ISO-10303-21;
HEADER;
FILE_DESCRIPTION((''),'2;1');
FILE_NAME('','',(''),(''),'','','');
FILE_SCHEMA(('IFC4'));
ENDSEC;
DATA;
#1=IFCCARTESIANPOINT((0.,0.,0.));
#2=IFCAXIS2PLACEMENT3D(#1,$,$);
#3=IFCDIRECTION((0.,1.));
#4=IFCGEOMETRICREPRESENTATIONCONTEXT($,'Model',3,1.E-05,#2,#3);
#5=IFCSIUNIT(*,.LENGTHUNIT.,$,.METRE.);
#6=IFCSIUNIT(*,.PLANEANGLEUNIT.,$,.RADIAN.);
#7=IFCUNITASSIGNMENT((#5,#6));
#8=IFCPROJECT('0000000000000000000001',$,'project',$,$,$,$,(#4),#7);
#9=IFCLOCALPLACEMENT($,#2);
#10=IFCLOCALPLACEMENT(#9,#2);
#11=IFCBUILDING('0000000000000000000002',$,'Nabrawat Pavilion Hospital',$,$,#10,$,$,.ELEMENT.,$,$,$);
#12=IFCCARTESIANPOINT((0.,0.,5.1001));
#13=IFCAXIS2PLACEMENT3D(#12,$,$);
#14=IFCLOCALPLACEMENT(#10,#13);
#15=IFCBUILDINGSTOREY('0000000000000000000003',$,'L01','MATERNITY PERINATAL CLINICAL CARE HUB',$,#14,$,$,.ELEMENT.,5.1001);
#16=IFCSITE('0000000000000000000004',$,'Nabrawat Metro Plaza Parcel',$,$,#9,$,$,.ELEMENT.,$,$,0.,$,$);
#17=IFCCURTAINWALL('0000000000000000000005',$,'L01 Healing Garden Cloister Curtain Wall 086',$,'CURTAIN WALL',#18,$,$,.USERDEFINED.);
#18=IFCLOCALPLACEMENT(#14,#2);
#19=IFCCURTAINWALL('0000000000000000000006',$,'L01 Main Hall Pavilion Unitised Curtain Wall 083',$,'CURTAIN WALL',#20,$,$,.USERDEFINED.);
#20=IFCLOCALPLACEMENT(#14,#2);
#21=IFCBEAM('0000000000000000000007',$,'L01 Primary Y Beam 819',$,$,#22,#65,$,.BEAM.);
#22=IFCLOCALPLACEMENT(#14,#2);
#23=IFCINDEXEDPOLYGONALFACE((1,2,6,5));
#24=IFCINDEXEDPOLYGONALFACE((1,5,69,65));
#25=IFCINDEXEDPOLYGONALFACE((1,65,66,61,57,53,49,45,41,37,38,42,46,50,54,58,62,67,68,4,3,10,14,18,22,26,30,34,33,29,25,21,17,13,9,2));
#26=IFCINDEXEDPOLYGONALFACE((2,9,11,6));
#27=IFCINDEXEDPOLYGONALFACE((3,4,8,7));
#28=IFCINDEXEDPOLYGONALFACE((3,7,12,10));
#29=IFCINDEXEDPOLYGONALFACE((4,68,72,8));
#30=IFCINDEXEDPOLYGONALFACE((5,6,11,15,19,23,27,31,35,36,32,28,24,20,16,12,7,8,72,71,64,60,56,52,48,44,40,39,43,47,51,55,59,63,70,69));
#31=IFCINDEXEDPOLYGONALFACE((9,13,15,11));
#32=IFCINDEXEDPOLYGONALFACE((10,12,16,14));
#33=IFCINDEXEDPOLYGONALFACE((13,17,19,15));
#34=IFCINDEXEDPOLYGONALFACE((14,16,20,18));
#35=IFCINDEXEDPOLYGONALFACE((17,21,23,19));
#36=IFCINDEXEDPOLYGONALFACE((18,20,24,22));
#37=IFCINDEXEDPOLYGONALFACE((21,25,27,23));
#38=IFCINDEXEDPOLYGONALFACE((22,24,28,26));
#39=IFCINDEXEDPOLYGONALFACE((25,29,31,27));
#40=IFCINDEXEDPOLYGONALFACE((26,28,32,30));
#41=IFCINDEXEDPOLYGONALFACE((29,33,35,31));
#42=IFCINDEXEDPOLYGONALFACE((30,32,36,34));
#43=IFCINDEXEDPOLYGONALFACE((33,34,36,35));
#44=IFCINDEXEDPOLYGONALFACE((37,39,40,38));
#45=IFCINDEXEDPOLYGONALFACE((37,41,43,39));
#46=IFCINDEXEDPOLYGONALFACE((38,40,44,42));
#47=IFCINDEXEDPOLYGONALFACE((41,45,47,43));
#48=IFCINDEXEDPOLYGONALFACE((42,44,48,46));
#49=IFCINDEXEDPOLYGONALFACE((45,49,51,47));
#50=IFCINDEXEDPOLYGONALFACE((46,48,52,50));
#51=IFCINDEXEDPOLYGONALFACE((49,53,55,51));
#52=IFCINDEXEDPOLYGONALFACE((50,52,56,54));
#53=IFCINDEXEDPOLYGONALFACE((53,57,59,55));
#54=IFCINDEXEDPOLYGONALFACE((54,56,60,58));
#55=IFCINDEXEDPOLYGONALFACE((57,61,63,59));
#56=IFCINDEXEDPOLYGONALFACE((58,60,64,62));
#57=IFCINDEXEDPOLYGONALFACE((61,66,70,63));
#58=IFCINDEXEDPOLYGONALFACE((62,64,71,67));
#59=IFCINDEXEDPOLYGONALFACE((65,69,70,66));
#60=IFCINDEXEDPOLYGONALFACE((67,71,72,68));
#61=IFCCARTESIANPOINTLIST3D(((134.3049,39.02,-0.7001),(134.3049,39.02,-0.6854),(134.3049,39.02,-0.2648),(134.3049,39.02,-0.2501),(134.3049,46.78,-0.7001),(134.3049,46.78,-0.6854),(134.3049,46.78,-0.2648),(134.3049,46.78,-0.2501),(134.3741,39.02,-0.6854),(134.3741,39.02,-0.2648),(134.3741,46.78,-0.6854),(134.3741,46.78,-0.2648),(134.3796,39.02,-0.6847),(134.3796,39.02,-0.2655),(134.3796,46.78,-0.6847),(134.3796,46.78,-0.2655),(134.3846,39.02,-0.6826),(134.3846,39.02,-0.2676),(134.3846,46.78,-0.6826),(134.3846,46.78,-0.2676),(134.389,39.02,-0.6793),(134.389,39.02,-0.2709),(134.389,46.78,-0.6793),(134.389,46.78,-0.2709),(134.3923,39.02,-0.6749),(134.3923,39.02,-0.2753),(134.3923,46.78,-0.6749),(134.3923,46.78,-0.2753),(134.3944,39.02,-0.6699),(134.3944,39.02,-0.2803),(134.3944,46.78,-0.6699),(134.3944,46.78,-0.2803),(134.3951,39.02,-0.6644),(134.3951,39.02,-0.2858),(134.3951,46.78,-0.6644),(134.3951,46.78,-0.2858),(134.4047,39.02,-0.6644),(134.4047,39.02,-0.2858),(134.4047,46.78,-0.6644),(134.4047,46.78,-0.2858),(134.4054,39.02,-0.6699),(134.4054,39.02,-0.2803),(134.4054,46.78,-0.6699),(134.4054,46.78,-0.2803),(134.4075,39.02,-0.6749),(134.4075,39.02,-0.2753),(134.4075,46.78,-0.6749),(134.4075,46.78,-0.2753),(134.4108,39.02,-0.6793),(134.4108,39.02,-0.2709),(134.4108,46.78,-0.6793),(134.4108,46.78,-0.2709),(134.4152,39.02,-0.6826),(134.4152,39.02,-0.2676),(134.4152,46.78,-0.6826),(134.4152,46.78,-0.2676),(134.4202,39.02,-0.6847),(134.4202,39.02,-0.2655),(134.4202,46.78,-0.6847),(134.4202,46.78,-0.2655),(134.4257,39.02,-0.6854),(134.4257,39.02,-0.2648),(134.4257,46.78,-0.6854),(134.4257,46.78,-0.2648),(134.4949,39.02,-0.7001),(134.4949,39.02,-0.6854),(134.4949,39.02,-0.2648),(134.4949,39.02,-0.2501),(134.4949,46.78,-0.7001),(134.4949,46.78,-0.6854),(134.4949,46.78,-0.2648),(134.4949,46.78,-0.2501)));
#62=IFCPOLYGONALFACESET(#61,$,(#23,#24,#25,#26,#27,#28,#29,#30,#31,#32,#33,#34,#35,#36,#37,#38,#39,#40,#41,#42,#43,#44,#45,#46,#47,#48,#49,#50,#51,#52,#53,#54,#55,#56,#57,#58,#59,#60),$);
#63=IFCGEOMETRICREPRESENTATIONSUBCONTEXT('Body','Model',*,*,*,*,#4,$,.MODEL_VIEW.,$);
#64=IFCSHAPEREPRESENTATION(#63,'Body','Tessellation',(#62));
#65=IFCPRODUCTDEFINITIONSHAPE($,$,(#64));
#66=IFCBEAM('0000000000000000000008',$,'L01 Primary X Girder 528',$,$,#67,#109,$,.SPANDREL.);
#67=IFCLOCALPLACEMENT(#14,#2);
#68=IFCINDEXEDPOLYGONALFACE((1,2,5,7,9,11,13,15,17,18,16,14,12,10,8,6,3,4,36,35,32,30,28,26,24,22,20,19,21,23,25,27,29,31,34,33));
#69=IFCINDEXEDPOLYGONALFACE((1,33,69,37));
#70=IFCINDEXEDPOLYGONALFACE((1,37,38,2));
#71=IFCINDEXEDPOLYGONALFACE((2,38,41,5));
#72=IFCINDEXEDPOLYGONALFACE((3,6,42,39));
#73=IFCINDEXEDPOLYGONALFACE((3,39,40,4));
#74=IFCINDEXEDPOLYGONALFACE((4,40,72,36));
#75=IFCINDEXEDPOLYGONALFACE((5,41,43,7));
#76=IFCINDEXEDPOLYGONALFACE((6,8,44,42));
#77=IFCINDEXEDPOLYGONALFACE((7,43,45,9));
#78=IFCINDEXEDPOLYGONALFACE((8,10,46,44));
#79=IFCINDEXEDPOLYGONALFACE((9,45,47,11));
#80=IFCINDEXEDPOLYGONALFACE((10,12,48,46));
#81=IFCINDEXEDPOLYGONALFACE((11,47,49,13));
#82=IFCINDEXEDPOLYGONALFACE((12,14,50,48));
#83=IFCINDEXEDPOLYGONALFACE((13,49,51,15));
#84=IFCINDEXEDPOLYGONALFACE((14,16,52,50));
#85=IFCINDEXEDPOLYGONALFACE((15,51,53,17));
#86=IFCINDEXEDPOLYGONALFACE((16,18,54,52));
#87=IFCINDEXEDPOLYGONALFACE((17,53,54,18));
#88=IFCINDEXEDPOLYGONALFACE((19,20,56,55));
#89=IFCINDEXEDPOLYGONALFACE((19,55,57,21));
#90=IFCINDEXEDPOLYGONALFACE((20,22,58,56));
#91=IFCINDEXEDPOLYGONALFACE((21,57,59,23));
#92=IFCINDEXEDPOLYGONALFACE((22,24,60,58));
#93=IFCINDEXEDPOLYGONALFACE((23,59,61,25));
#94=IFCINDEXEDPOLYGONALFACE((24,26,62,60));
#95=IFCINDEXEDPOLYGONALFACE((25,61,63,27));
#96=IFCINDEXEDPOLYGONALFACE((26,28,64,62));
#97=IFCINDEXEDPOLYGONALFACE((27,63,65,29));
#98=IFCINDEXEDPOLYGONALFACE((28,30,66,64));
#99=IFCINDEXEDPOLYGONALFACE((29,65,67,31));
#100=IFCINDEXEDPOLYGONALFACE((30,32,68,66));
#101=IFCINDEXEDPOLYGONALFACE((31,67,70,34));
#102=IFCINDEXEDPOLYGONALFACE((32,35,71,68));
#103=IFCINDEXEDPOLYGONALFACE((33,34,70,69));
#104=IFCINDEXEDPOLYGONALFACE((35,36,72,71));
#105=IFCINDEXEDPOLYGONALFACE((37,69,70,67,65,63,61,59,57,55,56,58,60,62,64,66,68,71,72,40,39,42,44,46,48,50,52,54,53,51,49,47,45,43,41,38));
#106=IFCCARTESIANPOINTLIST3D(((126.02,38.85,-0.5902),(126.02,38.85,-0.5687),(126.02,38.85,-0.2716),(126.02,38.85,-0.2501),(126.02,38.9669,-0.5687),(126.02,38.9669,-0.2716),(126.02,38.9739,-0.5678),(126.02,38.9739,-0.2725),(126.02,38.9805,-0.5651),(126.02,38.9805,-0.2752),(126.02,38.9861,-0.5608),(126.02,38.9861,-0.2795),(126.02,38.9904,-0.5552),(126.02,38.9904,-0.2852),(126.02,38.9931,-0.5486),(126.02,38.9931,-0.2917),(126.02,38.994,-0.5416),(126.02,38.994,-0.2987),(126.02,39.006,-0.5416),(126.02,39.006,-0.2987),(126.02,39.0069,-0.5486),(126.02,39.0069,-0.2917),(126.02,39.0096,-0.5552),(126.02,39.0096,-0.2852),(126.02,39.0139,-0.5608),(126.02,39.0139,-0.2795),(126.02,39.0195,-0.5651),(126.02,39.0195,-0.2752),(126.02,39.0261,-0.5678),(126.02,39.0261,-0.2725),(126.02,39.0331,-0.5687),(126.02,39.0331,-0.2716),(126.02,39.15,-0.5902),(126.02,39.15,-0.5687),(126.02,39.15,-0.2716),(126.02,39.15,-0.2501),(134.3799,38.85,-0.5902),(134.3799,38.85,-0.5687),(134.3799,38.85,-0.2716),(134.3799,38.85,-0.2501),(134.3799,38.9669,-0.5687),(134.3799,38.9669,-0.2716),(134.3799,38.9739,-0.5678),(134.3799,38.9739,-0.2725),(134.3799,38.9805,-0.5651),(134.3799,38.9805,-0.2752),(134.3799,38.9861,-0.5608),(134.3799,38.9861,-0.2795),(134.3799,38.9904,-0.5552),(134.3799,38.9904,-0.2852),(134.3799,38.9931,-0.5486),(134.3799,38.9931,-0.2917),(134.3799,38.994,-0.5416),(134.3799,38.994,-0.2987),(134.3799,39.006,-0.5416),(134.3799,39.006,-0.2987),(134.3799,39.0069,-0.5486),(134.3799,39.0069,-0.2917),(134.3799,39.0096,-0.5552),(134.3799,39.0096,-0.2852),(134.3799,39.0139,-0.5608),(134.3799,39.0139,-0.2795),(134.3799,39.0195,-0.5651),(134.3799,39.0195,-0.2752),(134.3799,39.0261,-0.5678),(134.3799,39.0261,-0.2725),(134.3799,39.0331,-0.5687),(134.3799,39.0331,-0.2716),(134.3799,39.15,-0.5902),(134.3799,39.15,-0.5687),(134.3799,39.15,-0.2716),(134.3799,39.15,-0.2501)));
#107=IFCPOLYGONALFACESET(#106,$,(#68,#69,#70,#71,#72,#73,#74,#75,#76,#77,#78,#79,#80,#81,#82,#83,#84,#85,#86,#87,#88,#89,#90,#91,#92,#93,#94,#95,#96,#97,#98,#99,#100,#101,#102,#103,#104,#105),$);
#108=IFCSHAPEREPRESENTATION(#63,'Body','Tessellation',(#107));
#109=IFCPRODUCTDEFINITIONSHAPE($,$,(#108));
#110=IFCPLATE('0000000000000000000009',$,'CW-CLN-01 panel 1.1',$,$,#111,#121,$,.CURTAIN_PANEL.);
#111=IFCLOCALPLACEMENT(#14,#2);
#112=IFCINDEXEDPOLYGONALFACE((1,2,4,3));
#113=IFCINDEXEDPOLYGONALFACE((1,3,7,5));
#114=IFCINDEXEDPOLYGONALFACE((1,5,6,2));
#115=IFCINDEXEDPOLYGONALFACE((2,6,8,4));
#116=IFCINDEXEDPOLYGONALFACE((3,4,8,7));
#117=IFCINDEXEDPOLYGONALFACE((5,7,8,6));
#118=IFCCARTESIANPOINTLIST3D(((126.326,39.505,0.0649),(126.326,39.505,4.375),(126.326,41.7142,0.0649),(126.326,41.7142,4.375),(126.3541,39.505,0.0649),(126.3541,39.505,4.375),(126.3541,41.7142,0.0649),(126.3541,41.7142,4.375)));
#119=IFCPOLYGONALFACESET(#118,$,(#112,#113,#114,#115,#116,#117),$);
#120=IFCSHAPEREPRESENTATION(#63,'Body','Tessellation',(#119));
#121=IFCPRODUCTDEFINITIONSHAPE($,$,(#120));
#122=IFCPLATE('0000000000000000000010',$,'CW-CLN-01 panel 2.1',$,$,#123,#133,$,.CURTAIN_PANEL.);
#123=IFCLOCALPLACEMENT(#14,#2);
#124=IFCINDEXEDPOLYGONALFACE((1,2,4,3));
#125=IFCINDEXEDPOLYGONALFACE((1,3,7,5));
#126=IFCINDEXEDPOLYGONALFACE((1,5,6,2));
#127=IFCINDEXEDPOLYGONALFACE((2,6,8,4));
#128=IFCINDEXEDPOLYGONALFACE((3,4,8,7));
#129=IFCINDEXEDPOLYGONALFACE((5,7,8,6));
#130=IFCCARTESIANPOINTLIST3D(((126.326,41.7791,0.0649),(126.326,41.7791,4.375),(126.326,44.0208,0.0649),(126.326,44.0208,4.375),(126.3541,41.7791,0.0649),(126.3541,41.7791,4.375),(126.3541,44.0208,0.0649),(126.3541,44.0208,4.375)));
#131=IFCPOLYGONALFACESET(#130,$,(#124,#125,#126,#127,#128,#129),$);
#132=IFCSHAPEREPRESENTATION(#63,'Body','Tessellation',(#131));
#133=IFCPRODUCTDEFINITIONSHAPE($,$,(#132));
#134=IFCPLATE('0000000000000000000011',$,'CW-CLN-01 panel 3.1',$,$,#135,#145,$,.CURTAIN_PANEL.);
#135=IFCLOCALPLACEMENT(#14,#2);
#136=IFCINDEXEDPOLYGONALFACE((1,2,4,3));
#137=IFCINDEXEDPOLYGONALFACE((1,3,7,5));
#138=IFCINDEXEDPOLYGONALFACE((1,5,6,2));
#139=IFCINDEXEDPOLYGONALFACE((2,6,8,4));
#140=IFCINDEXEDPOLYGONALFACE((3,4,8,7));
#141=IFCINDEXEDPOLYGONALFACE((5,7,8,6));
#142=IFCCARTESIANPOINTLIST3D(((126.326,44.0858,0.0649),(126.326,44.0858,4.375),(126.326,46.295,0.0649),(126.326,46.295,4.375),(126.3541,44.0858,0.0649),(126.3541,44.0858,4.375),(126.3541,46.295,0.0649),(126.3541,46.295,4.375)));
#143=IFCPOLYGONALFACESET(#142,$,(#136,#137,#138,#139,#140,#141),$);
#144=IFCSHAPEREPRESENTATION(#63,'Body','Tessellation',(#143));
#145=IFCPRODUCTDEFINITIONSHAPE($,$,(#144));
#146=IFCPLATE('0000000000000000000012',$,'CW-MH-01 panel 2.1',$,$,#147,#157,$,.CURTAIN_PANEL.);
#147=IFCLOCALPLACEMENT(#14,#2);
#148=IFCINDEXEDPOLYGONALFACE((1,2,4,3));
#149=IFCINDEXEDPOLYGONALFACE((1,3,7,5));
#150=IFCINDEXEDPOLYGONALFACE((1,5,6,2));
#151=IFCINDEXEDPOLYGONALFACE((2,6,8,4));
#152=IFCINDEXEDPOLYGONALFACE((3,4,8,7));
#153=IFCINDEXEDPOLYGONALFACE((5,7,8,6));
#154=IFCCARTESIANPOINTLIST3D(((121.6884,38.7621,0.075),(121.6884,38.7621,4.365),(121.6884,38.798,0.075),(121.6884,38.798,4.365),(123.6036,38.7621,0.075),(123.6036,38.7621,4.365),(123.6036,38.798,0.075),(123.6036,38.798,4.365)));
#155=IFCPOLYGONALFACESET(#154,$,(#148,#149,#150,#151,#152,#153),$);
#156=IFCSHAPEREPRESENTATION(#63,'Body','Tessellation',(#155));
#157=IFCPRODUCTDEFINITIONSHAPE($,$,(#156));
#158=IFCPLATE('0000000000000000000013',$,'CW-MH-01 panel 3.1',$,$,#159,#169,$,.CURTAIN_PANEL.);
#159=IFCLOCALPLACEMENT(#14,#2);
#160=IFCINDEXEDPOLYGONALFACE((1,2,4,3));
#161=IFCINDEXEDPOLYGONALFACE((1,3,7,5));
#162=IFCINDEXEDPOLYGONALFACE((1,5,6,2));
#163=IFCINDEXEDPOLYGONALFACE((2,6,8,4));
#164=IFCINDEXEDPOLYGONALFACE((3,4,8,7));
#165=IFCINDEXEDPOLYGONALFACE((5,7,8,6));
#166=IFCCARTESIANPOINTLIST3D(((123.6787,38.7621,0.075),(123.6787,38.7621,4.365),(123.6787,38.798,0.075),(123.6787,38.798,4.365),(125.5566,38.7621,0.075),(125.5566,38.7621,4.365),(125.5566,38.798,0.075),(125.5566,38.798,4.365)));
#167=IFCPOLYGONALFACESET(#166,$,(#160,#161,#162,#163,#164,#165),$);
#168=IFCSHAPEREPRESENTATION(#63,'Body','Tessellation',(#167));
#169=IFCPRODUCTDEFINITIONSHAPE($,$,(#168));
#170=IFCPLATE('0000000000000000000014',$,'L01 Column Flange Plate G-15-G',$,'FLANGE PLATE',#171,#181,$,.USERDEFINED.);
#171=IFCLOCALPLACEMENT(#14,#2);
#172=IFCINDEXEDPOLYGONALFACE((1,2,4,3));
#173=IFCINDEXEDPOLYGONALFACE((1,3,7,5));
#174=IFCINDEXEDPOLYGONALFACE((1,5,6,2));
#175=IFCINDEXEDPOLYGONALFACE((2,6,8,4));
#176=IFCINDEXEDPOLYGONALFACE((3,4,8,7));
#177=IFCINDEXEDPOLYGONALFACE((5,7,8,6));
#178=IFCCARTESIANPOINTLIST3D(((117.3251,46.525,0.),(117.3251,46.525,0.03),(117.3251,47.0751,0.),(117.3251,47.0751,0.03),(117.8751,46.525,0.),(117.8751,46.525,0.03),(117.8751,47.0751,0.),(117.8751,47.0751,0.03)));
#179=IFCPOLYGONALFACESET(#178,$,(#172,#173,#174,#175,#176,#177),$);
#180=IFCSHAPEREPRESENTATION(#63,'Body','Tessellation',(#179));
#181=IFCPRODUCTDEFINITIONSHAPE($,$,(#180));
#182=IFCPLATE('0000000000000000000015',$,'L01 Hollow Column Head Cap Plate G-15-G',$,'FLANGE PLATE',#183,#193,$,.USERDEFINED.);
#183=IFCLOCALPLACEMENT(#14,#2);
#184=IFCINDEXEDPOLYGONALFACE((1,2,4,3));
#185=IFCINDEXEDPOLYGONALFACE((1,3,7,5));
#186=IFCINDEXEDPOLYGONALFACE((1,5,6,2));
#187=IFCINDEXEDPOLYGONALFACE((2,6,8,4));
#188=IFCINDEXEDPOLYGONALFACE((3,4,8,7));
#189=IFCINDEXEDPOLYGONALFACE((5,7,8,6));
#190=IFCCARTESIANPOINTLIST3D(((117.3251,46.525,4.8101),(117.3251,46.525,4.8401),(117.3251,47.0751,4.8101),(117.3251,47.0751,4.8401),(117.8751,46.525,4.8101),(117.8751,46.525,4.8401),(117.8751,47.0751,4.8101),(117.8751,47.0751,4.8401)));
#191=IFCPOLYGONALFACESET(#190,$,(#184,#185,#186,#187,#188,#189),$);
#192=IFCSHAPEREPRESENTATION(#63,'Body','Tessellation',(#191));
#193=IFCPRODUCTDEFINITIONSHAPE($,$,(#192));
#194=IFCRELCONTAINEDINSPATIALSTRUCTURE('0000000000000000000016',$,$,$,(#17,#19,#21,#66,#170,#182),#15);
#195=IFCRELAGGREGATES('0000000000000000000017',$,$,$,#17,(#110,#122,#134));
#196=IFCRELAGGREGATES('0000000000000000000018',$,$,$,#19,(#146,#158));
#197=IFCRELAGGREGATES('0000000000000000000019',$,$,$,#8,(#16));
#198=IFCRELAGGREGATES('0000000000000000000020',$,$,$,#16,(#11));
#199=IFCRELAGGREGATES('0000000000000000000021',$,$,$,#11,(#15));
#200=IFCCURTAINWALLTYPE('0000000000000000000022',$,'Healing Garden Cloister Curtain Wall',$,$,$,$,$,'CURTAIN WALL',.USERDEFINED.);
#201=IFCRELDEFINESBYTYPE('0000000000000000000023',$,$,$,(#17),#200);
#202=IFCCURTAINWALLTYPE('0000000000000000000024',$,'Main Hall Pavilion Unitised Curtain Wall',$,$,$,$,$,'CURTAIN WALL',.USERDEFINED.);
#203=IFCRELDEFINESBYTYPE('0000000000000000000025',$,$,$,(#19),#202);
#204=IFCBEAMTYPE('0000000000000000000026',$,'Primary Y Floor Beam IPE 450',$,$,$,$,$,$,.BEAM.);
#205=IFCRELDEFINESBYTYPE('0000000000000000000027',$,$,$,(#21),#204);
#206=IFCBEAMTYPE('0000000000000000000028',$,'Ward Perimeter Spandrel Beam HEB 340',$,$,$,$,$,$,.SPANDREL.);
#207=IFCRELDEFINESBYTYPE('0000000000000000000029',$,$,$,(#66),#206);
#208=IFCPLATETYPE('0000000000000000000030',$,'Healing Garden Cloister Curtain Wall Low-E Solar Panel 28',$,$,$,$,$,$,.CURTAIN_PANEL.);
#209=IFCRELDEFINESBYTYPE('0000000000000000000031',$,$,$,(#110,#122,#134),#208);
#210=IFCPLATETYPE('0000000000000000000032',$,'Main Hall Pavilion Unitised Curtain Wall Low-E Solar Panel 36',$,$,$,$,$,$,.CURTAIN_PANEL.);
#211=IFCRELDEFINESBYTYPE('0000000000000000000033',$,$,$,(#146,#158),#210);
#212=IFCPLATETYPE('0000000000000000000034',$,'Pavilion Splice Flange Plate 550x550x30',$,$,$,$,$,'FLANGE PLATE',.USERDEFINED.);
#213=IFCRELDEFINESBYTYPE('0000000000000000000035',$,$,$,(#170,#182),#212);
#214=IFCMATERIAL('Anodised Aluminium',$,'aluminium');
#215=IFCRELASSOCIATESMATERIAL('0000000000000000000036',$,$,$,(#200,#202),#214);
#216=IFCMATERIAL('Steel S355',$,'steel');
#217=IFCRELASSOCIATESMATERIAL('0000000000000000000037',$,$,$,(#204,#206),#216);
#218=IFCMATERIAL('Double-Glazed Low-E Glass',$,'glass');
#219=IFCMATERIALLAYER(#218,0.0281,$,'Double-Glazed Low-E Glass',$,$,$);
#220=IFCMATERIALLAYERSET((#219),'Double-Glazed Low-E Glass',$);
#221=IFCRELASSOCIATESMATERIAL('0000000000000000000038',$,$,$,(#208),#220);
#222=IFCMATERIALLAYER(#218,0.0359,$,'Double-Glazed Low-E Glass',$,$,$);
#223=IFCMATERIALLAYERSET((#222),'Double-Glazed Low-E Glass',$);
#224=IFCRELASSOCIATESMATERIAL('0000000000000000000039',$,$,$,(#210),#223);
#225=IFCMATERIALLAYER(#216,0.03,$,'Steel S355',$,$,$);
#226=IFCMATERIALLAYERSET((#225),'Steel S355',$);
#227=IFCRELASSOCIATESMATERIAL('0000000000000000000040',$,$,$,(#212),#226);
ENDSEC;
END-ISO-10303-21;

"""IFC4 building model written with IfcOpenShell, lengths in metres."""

from ifc_helpers import new_model, si_unit, direction, frame, origin, origin_2d, place, context, subcontext, project, spatial, rectangle, i_section, extrude, material, layer, layer_set, material_profile, profile_set, type_object, element, aggregate, save


model = new_model("IFC4")

# Units and contexts
model_context = context("Model", 3, precision=1e-05, world=origin(), true_north=direction((0.0, 1.0)))
body_context = subcontext(model_context, "Body", "Model", "MODEL_VIEW")
ifc_project = project(units=[si_unit("LENGTHUNIT", "METRE"), si_unit("PLANEANGLEUNIT", "RADIAN")], contexts=[model_context])

# Site, building, storey
site_placement = place(None, origin())
site = spatial("IfcSite", under=ifc_project, at=site_placement, Name="Nabrawat Metro Plaza Parcel", CompositionType="ELEMENT", RefElevation=0.0)
building_placement = place(site_placement, origin())
building = spatial("IfcBuilding", under=site, at=building_placement, Name="Nabrawat Pavilion Hospital", CompositionType="ELEMENT")
storey_placement = place(building_placement, frame((0.0, 0.0, 5.1001)))
storey = spatial("IfcBuildingStorey", under=building, at=storey_placement, Name="L01", Description="MATERNITY PERINATAL CLINICAL CARE HUB", CompositionType="ELEMENT", Elevation=5.1001)

# Shared definitions
ifc_material_1 = material(Name="Steel S355", Category="steel")

# Curtain walls
ifc_material_2 = material(Name="Anodised Aluminium", Category="aluminium")
curtain_wall_type_1 = type_object("IfcCurtainWallType", Name="Healing Garden Cloister Curtain Wall", ElementType="CURTAIN WALL", PredefinedType="USERDEFINED", material=ifc_material_2)
curtain_wall_1_placement = place(storey_placement, origin())
curtain_wall_1 = element("IfcCurtainWall", 1, at=curtain_wall_1_placement, inside=storey, type_object=curtain_wall_type_1, Name="L01 Healing Garden Cloister Curtain Wall 086", ObjectType="CURTAIN WALL", PredefinedType="USERDEFINED")
curtain_wall_type_2 = type_object("IfcCurtainWallType", Name="Main Hall Pavilion Unitised Curtain Wall", ElementType="CURTAIN WALL", PredefinedType="USERDEFINED", material=ifc_material_2)
curtain_wall_2_placement = place(storey_placement, origin())
curtain_wall_2 = element("IfcCurtainWall", 2, at=curtain_wall_2_placement, inside=storey, type_object=curtain_wall_type_2, Name="L01 Main Hall Pavilion Unitised Curtain Wall 083", ObjectType="CURTAIN WALL", PredefinedType="USERDEFINED")

# Beams
ifc_material_profile_1 = material_profile(ifc_material_1, i_section(OverallWidth=0.1899, OverallDepth=0.45, WebThickness=0.0095, FlangeThickness=0.0146, FilletRadius=0.021, at=origin_2d()), Name="IPE 450")
ifc_profile_set_1 = profile_set([ifc_material_profile_1], Name="Steel S355")
beam_type_1 = type_object("IfcBeamType", Name="Primary Y Floor Beam IPE 450", PredefinedType="BEAM", material=ifc_profile_set_1)
beam_1_placement = place(storey_placement, frame((134.3999, 39.02, -0.4751), z_axis=(0.0, 1.0, 0.0), x_axis=(-1.0, 0.0, 0.0)))
element("IfcBeam", 3, at=beam_1_placement, inside=storey, type_object=beam_type_1, Name="L01 Primary Y Beam 819", PredefinedType="BEAM", context=body_context, shape_type="SweptSolid", body=[
    extrude(i_section(OverallWidth=0.1899, OverallDepth=0.45, WebThickness=0.0095, FlangeThickness=0.0146, FilletRadius=0.021, at=origin_2d()), origin(), (0.0, 0.0, 1.0), 7.76),
])
ifc_material_profile_2 = material_profile(ifc_material_1, i_section(OverallWidth=0.3, OverallDepth=0.3401, WebThickness=0.012, FlangeThickness=0.0215, FilletRadius=0.0271, at=origin_2d()), Name="HEB 340")
ifc_profile_set_2 = profile_set([ifc_material_profile_2], Name="Steel S355")
beam_type_2 = type_object("IfcBeamType", Name="Ward Perimeter Spandrel Beam HEB 340", PredefinedType="SPANDREL", material=ifc_profile_set_2)
beam_2_placement = place(storey_placement, frame((126.02, 39.0, -0.4202), z_axis=(1.0, 0.0, 0.0), x_axis=(0.0, 1.0, 0.0)))
element("IfcBeam", 4, at=beam_2_placement, inside=storey, type_object=beam_type_2, Name="L01 Primary X Girder 528", PredefinedType="SPANDREL", context=body_context, shape_type="SweptSolid", body=[
    extrude(i_section(OverallWidth=0.3, OverallDepth=0.3401, WebThickness=0.012, FlangeThickness=0.0215, FilletRadius=0.0271, at=origin_2d()), origin(), (0.0, 0.0, 1.0), 8.3599),
])

# Plates
ifc_material_3 = material(Name="Double-Glazed Low-E Glass", Category="glass")
ifc_layer_1 = layer(ifc_material_3, 0.0281, Name="Double-Glazed Low-E Glass")
ifc_layer_set_1 = layer_set([ifc_layer_1], Name="Double-Glazed Low-E Glass")
plate_type_1 = type_object("IfcPlateType", Name="Healing Garden Cloister Curtain Wall Low-E Solar Panel 28", PredefinedType="CURTAIN_PANEL", material=ifc_layer_set_1)
plate_1_placement = place(storey_placement, frame((126.3401, 40.6096, 0.0649), z_axis=(0.0, 0.0, 1.0), x_axis=(0.0, 1.0, 0.0)))
plate_1 = element("IfcPlate", 5, at=plate_1_placement, type_object=plate_type_1, Name="CW-CLN-01 panel 1.1", PredefinedType="CURTAIN_PANEL", context=body_context, shape_type="SweptSolid", body=[
    extrude(rectangle(XDim=2.2092, YDim=0.0281, at=origin_2d()), origin(), (0.0, 0.0, 1.0), 4.3101),
])
plate_2_placement = place(storey_placement, frame((126.3401, 42.8999, 0.0649), z_axis=(0.0, 0.0, 1.0), x_axis=(0.0, 1.0, 0.0)))
plate_2 = element("IfcPlate", 6, at=plate_2_placement, type_object=plate_type_1, Name="CW-CLN-01 panel 2.1", PredefinedType="CURTAIN_PANEL", context=body_context, shape_type="SweptSolid", body=[
    extrude(rectangle(XDim=2.2417, YDim=0.0281, at=origin_2d()), origin(), (0.0, 0.0, 1.0), 4.3101),
])
plate_3_placement = place(storey_placement, frame((126.3401, 45.1904, 0.0649), z_axis=(0.0, 0.0, 1.0), x_axis=(0.0, 1.0, 0.0)))
plate_3 = element("IfcPlate", 7, at=plate_3_placement, type_object=plate_type_1, Name="CW-CLN-01 panel 3.1", PredefinedType="CURTAIN_PANEL", context=body_context, shape_type="SweptSolid", body=[
    extrude(rectangle(XDim=2.2092, YDim=0.0281, at=origin_2d()), origin(), (0.0, 0.0, 1.0), 4.3101),
])
aggregate(curtain_wall_1, [plate_1, plate_2, plate_3])
ifc_layer_2 = layer(ifc_material_3, 0.0359, Name="Double-Glazed Low-E Glass")
ifc_layer_set_2 = layer_set([ifc_layer_2], Name="Double-Glazed Low-E Glass")
plate_type_2 = type_object("IfcPlateType", Name="Main Hall Pavilion Unitised Curtain Wall Low-E Solar Panel 36", PredefinedType="CURTAIN_PANEL", material=ifc_layer_set_2)
plate_4_placement = place(storey_placement, frame((122.646, 38.78, 0.075), z_axis=(0.0, 0.0, 1.0), x_axis=(1.0, 0.0, 0.0)))
plate_4 = element("IfcPlate", 8, at=plate_4_placement, type_object=plate_type_2, Name="CW-MH-01 panel 2.1", PredefinedType="CURTAIN_PANEL", context=body_context, shape_type="SweptSolid", body=[
    extrude(rectangle(XDim=1.9153, YDim=0.0359, at=origin_2d()), origin(), (0.0, 0.0, 1.0), 4.29),
])
plate_5_placement = place(storey_placement, frame((124.6177, 38.78, 0.075), z_axis=(0.0, 0.0, 1.0), x_axis=(1.0, 0.0, 0.0)))
plate_5 = element("IfcPlate", 9, at=plate_5_placement, type_object=plate_type_2, Name="CW-MH-01 panel 3.1", PredefinedType="CURTAIN_PANEL", context=body_context, shape_type="SweptSolid", body=[
    extrude(rectangle(XDim=1.8779, YDim=0.0359, at=origin_2d()), origin(), (0.0, 0.0, 1.0), 4.29),
])
aggregate(curtain_wall_2, [plate_4, plate_5])

# Plates
ifc_layer_3 = layer(ifc_material_1, 0.03, Name="Steel S355")
ifc_layer_set_3 = layer_set([ifc_layer_3], Name="Steel S355")
plate_type_3 = type_object("IfcPlateType", Name="Pavilion Splice Flange Plate 550x550x30", ElementType="FLANGE PLATE", PredefinedType="USERDEFINED", material=ifc_layer_set_3)
for number, where, z_axis, x_axis, name in (
    (10, (117.6001, 46.8, 0.0), (0.0, 0.0, 1.0), (1.0, 0.0, 0.0), "L01 Column Flange Plate G-15-G"),
    (11, (117.6001, 46.8, 4.8101), (0.0, 0.0, 1.0), (1.0, 0.0, 0.0), "L01 Hollow Column Head Cap Plate G-15-G"),
):
    element("IfcPlate", number, at=place(storey_placement, frame(where, z_axis=z_axis, x_axis=x_axis)), inside=storey, type_object=plate_type_3, Name=name, ObjectType="FLANGE PLATE", PredefinedType="USERDEFINED", context=body_context, shape_type="SweptSolid", body=[
        extrude(rectangle(XDim=0.55, YDim=0.55, at=origin_2d()), origin(), (0.0, 0.0, 1.0), 0.03),
    ])

save(model, "model.ifc")
